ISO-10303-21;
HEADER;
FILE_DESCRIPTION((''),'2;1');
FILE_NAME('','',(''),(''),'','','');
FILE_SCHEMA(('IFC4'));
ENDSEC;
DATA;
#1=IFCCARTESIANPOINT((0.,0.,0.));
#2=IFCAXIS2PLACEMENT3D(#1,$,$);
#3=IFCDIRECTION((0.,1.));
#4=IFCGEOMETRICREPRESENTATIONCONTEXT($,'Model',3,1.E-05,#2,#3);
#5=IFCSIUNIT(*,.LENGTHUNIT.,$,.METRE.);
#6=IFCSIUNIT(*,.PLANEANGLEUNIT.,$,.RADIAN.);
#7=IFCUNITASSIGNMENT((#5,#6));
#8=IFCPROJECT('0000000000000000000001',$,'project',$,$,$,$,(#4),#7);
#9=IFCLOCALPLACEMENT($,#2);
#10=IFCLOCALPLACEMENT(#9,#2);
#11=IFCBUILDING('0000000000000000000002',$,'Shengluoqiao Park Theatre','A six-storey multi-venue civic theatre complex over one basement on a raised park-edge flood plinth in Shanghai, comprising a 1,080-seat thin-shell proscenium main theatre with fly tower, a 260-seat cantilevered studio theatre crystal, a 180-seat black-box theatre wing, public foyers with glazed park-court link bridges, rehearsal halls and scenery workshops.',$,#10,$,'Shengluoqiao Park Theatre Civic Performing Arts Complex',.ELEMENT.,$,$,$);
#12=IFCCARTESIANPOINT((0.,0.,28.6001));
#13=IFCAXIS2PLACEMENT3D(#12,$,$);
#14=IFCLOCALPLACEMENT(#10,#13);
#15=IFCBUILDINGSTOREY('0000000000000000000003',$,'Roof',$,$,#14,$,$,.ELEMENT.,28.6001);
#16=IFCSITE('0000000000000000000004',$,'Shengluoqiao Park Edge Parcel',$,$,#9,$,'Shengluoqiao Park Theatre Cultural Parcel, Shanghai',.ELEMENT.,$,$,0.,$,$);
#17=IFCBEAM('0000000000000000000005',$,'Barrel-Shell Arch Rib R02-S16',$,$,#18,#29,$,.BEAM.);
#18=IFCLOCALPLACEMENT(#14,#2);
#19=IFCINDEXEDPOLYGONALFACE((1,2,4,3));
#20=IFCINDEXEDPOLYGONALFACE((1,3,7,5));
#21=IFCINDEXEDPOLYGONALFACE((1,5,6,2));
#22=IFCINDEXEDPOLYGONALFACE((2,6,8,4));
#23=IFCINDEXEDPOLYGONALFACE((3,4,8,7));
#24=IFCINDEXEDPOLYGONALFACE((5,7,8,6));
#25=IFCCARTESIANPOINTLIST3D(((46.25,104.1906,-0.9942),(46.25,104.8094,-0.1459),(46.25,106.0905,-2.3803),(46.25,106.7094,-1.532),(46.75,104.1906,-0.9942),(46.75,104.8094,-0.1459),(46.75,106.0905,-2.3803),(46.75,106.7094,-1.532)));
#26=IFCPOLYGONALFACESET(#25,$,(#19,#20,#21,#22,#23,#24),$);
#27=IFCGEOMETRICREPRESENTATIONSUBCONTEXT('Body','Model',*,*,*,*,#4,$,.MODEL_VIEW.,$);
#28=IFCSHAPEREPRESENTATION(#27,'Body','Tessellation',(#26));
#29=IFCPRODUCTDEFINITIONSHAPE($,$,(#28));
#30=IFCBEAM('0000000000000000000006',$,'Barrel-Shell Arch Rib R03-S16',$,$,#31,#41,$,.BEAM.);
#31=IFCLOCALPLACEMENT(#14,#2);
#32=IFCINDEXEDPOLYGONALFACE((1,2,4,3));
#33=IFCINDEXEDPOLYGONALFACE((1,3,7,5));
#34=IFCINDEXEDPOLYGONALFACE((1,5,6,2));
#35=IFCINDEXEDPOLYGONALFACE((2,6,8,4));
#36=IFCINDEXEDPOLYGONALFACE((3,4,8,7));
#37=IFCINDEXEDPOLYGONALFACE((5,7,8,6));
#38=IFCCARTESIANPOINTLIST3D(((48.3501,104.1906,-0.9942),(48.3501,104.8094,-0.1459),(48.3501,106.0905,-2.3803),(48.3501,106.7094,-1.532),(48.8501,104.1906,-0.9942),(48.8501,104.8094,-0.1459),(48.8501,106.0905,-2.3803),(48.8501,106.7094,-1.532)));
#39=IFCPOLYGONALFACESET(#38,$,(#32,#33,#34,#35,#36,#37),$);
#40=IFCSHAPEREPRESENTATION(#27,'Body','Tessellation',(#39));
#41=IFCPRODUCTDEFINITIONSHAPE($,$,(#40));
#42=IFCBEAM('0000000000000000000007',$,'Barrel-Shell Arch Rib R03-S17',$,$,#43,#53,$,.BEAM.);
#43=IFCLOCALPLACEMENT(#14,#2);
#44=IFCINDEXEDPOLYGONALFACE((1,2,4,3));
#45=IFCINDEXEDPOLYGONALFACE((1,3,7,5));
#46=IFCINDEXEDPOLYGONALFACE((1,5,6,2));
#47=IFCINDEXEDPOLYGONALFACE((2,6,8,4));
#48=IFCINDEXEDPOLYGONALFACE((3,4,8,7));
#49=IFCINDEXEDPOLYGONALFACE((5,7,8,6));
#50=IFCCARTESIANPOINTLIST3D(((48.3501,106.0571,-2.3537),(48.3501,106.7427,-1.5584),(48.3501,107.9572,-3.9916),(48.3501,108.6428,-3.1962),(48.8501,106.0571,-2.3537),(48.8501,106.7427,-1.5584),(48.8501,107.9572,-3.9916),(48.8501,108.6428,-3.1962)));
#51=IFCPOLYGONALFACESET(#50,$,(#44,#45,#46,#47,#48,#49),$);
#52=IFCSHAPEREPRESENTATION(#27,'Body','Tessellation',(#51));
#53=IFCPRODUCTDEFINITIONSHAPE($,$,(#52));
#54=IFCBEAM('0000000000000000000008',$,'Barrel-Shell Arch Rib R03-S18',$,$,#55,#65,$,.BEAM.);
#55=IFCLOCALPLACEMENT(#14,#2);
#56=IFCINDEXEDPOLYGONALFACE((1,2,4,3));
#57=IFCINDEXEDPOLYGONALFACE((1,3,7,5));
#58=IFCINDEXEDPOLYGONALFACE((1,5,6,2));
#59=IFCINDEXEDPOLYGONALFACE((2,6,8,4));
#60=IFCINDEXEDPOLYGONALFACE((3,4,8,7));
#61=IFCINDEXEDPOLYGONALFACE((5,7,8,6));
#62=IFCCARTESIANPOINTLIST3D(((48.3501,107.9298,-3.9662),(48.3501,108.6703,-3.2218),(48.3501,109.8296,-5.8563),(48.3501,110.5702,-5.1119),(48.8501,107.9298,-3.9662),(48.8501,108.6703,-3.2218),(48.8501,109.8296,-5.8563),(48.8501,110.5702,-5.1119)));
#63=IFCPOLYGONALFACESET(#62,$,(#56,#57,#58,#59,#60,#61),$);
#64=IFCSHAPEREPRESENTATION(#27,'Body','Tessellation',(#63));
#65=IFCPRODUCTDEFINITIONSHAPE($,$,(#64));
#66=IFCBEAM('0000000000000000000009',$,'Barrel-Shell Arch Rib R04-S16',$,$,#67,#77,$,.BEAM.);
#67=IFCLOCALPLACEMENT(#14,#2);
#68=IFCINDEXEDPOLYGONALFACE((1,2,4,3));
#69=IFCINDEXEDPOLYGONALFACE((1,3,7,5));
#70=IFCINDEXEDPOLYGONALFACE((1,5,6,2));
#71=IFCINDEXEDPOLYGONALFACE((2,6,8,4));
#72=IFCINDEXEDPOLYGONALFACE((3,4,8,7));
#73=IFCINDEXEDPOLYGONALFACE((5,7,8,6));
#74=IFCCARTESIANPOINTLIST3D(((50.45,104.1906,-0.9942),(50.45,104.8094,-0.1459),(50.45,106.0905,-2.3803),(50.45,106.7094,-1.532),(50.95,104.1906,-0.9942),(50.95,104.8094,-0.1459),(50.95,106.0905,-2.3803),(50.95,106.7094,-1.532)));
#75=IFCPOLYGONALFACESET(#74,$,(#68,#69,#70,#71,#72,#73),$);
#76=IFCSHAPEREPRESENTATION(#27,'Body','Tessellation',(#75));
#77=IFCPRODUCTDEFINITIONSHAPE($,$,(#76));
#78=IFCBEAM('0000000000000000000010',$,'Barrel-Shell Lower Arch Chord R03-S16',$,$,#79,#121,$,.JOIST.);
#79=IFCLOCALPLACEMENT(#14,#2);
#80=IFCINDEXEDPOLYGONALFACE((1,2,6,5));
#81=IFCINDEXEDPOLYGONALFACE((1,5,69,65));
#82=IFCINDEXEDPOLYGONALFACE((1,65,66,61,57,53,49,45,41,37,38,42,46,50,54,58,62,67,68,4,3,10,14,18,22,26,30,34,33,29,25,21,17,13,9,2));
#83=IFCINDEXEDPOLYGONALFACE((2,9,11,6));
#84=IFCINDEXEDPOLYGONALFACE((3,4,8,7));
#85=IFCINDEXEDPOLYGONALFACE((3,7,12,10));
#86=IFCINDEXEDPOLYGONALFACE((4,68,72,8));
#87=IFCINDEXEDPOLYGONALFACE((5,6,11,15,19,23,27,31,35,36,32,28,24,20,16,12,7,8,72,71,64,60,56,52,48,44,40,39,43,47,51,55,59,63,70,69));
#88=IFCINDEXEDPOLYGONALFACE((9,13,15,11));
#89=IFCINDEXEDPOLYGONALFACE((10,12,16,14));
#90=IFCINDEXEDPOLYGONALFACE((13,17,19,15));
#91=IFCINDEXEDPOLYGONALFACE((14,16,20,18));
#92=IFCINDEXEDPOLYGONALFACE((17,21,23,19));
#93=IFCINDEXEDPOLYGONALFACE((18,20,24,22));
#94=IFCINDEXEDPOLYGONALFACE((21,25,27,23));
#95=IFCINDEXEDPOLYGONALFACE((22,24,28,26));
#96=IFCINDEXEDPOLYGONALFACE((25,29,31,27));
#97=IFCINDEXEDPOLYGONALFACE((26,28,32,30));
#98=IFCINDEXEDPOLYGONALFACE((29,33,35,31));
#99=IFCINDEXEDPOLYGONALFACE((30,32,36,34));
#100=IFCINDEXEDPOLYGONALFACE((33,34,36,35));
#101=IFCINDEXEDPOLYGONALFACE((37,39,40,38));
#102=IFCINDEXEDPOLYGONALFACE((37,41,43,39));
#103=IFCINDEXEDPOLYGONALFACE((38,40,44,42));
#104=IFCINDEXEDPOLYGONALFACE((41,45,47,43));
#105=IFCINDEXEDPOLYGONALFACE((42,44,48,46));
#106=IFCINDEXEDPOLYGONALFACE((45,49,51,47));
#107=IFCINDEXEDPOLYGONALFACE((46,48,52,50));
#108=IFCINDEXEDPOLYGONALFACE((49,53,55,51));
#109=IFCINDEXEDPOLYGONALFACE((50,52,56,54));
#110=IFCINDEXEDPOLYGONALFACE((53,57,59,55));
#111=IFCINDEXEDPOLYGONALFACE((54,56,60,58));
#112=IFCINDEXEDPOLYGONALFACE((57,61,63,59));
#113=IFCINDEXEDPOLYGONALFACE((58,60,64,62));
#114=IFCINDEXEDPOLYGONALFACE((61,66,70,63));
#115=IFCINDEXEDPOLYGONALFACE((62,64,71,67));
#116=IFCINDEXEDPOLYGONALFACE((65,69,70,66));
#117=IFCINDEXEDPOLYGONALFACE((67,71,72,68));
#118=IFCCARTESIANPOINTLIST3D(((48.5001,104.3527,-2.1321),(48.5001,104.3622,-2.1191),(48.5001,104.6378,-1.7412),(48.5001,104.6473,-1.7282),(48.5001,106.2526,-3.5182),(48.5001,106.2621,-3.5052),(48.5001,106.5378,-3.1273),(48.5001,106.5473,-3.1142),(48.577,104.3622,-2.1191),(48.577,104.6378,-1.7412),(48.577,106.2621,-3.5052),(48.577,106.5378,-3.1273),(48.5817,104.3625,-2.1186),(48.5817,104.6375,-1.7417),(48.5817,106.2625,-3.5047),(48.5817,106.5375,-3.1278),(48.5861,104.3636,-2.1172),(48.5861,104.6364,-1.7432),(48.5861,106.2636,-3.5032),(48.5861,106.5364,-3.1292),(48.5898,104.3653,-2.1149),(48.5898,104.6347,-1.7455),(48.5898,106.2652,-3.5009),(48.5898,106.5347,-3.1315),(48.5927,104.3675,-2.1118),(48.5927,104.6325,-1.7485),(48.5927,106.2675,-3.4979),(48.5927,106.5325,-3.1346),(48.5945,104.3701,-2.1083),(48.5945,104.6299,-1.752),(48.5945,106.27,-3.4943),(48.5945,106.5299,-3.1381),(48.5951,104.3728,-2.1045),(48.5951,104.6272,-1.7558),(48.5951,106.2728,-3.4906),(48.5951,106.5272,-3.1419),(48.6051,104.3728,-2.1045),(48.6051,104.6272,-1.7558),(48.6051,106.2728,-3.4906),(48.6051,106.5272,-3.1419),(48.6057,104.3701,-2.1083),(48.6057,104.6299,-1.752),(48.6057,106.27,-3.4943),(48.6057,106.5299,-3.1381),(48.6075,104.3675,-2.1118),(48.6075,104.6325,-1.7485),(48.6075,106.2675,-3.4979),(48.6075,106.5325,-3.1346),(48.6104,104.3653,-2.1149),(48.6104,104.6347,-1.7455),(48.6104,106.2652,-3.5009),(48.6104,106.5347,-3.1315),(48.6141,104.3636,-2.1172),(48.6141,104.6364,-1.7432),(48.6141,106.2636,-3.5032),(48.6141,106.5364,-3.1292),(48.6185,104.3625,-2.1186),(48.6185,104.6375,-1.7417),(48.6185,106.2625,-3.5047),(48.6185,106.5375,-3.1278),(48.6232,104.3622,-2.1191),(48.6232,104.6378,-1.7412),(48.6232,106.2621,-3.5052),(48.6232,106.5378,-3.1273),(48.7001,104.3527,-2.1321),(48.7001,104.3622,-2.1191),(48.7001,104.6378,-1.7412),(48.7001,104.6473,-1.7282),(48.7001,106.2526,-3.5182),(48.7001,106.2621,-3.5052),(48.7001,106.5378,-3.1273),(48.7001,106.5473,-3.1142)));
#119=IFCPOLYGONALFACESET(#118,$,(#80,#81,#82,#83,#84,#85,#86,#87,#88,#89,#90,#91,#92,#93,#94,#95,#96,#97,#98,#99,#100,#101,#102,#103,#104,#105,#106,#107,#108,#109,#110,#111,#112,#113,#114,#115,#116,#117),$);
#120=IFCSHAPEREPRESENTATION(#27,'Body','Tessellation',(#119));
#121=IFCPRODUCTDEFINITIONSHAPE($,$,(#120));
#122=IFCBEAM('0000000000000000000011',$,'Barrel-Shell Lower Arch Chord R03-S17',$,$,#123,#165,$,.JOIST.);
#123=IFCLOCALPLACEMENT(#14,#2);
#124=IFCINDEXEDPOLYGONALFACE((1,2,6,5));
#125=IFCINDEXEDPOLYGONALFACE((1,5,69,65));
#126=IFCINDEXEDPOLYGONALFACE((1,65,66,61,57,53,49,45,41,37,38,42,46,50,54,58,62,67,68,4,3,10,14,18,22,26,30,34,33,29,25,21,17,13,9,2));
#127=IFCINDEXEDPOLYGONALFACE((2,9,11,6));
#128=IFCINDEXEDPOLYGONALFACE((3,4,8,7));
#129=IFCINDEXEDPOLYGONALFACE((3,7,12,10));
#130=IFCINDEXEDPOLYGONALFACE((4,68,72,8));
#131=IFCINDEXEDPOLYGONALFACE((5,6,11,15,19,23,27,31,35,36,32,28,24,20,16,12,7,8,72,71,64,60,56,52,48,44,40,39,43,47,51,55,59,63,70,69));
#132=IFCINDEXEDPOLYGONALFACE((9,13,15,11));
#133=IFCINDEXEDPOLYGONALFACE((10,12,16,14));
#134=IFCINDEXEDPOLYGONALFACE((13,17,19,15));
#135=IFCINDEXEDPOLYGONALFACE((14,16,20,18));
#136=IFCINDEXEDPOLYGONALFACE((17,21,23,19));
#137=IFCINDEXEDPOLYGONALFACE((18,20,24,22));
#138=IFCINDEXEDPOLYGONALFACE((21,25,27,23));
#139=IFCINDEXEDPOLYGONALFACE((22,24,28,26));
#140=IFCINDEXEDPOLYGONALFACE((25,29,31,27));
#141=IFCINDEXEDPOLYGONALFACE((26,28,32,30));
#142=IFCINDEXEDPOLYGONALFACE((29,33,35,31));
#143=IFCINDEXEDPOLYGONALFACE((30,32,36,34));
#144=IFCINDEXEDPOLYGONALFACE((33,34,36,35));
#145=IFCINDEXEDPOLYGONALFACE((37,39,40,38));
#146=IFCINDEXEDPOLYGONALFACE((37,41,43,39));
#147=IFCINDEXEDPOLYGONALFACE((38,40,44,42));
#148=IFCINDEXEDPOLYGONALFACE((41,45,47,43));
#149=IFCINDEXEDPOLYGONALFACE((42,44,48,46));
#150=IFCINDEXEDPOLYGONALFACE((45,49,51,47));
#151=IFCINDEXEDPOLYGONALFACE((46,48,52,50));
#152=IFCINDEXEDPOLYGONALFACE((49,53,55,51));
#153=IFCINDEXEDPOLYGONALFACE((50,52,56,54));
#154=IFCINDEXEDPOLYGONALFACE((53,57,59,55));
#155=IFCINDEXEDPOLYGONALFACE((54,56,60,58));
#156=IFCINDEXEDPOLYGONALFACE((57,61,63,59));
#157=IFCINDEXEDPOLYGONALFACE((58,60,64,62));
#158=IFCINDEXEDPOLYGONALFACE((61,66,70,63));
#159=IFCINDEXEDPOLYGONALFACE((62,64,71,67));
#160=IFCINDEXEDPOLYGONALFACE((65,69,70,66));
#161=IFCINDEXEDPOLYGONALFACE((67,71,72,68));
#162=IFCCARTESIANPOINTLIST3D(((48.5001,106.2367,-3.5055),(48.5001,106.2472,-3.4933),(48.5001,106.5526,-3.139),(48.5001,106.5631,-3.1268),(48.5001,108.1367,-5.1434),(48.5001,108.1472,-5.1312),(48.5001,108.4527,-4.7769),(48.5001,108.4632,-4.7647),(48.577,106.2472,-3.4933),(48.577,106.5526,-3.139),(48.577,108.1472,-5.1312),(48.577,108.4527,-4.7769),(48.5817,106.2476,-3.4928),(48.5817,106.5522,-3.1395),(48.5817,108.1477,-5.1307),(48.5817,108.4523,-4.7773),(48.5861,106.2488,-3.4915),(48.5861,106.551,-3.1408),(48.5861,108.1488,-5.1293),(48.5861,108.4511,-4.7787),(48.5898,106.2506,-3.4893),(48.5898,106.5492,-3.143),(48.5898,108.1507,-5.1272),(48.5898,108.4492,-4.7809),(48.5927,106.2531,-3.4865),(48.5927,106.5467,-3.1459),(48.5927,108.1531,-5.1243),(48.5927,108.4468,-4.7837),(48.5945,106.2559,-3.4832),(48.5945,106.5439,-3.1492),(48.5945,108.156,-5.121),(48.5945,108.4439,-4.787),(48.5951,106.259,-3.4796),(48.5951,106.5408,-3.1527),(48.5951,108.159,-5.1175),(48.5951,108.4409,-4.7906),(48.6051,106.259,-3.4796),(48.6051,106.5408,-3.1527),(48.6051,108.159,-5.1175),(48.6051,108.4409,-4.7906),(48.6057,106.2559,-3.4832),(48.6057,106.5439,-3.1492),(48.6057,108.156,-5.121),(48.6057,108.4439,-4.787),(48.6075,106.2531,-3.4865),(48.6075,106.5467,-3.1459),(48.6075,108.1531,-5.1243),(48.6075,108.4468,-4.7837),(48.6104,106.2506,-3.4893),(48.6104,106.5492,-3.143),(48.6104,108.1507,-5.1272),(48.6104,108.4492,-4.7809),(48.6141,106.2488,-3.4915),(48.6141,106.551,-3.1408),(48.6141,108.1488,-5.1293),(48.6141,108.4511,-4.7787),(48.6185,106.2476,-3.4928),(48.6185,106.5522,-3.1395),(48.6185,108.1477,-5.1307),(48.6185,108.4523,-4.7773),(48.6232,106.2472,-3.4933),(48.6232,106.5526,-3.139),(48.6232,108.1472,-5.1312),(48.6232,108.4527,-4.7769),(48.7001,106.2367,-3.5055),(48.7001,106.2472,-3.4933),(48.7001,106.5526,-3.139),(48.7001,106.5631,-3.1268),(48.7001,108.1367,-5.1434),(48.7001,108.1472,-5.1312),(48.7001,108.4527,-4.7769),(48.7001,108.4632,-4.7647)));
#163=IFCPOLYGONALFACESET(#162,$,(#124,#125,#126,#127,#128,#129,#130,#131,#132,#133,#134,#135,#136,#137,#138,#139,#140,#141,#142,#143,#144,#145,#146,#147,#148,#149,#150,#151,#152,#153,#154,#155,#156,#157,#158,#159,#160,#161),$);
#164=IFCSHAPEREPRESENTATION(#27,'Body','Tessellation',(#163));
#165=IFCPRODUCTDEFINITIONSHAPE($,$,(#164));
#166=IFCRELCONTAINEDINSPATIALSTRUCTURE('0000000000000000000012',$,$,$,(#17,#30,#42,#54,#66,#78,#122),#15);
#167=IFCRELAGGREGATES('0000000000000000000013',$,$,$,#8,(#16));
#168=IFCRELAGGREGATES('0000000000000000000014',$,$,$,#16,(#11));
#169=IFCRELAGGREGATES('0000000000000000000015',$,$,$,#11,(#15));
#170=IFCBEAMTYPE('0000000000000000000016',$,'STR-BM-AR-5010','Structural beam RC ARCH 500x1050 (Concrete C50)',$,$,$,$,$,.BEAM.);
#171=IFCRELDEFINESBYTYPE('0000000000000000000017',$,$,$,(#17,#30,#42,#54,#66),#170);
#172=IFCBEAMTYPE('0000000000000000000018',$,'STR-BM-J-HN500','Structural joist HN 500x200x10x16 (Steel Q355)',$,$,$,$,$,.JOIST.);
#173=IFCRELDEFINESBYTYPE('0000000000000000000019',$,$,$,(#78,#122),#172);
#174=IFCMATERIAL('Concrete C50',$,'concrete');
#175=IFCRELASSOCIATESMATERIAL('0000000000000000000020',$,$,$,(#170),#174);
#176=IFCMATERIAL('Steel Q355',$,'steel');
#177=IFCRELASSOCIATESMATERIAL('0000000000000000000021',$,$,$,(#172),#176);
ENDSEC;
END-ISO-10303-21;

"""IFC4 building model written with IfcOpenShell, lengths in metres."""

from ifc_helpers import new_model, si_unit, direction, frame, origin, origin_2d, place, context, subcontext, project, spatial, rectangle, i_section, extrude, material, material_profile, profile_set, type_object, element, save


model = new_model("IFC4")

# Units and contexts
model_context = context("Model", 3, precision=1e-05, world=origin(), true_north=direction((0.0, 1.0)))
body_context = subcontext(model_context, "Body", "Model", "MODEL_VIEW")
ifc_project = project(units=[si_unit("LENGTHUNIT", "METRE"), si_unit("PLANEANGLEUNIT", "RADIAN")], contexts=[model_context])

# Site, building, storey
site_placement = place(None, origin())
site = spatial("IfcSite", under=ifc_project, at=site_placement, Name="Shengluoqiao Park Edge Parcel", LongName="Shengluoqiao Park Theatre Cultural Parcel, Shanghai", CompositionType="ELEMENT", RefElevation=0.0)
building_placement = place(site_placement, origin())
building = spatial("IfcBuilding", under=site, at=building_placement, Name="Shengluoqiao Park Theatre", Description="A six-storey multi-venue civic theatre complex over one basement on a raised park-edge flood plinth in Shanghai, comprising a 1,080-seat thin-shell proscenium main theatre with fly tower, a 260-seat cantilevered studio theatre crystal, a 180-seat black-box theatre wing, public foyers with glazed park-court link bridges, rehearsal halls and scenery workshops.", LongName="Shengluoqiao Park Theatre Civic Performing Arts Complex", CompositionType="ELEMENT")
storey_placement = place(building_placement, frame((0.0, 0.0, 28.6001)))
storey = spatial("IfcBuildingStorey", under=building, at=storey_placement, Name="Roof", CompositionType="ELEMENT", Elevation=28.6001)

# Beams
ifc_material_1 = material(Name="Concrete C50", Category="concrete")
ifc_material_profile_1 = material_profile(ifc_material_1, rectangle(XDim=0.5, YDim=1.05, at=origin_2d()), Name="RC ARCH 500x1050")
ifc_profile_set_1 = profile_set([ifc_material_profile_1], Name="Concrete C50")
beam_type_1 = type_object("IfcBeamType", Name="STR-BM-AR-5010", Description="Structural beam RC ARCH 500x1050 (Concrete C50)", PredefinedType="BEAM", material=ifc_profile_set_1)
for number, where, z_axis, x_axis, name in (
    (1, (46.5, 104.5, -0.5701), (0.0, 0.807878, -0.58935), (-1.0, 0.0, 0.0), "Barrel-Shell Arch Rib R02-S16"),
    (2, (48.6001, 104.5, -0.5701), (0.0, 0.807878, -0.58935), (-1.0, 0.0, 0.0), "Barrel-Shell Arch Rib R03-S16"),
):
    element("IfcBeam", number, at=place(storey_placement, frame(where, z_axis=z_axis, x_axis=x_axis)), inside=storey, type_object=beam_type_1, Name=name, PredefinedType="BEAM", context=body_context, shape_type="SweptSolid", body=[
        extrude(rectangle(XDim=0.5, YDim=1.05, at=origin_2d()), origin(), (0.0, 0.0, 1.0), 2.3518),
    ])
beam_1_placement = place(storey_placement, frame((48.6001, 106.3999, -1.9561), z_axis=(0.0, 0.757433, -0.652913), x_axis=(-1.0, 0.0, 0.0)))
element("IfcBeam", 3, at=beam_1_placement, inside=storey, type_object=beam_type_1, Name="Barrel-Shell Arch Rib R03-S17", PredefinedType="BEAM", context=body_context, shape_type="SweptSolid", body=[
    extrude(rectangle(XDim=0.5, YDim=1.05, at=origin_2d()), origin(), (0.0, 0.0, 1.0), 2.5085),
])
beam_2_placement = place(storey_placement, frame((48.6001, 108.3, -3.594), z_axis=(0.0, 0.708926, -0.705282), x_axis=(-1.0, 0.0, 0.0)))
element("IfcBeam", 4, at=beam_2_placement, inside=storey, type_object=beam_type_1, Name="Barrel-Shell Arch Rib R03-S18", PredefinedType="BEAM", context=body_context, shape_type="SweptSolid", body=[
    extrude(rectangle(XDim=0.5, YDim=1.05, at=origin_2d()), origin(), (0.0, 0.0, 1.0), 2.6799),
])
beam_3_placement = place(storey_placement, frame((50.7, 104.5, -0.5701), z_axis=(0.0, 0.807878, -0.58935), x_axis=(-1.0, 0.0, 0.0)))
element("IfcBeam", 5, at=beam_3_placement, inside=storey, type_object=beam_type_1, Name="Barrel-Shell Arch Rib R04-S16", PredefinedType="BEAM", context=body_context, shape_type="SweptSolid", body=[
    extrude(rectangle(XDim=0.5, YDim=1.05, at=origin_2d()), origin(), (0.0, 0.0, 1.0), 2.3518),
])
ifc_material_2 = material(Name="Steel Q355", Category="steel")
ifc_material_profile_2 = material_profile(ifc_material_2, i_section(OverallWidth=0.2, OverallDepth=0.5, WebThickness=0.01, FlangeThickness=0.0161, FilletRadius=0.0181, at=origin_2d()), Name="HN 500x200x10x16")
ifc_profile_set_2 = profile_set([ifc_material_profile_2], Name="Steel Q355")
beam_type_2 = type_object("IfcBeamType", Name="STR-BM-J-HN500", Description="Structural joist HN 500x200x10x16 (Steel Q355)", PredefinedType="JOIST", material=ifc_profile_set_2)
beam_4_placement = place(storey_placement, frame((48.6001, 104.5, -1.9302), z_axis=(0.0, 0.807878, -0.58935), x_axis=(-1.0, 0.0, 0.0)))
element("IfcBeam", 6, at=beam_4_placement, inside=storey, type_object=beam_type_2, Name="Barrel-Shell Lower Arch Chord R03-S16", PredefinedType="JOIST", context=body_context, shape_type="SweptSolid", body=[
    extrude(i_section(OverallWidth=0.2, OverallDepth=0.5, WebThickness=0.01, FlangeThickness=0.0161, FilletRadius=0.0181, at=origin_2d()), origin(), (0.0, 0.0, 1.0), 2.3518),
])
beam_5_placement = place(storey_placement, frame((48.6001, 106.3999, -3.3162), z_axis=(0.0, 0.757433, -0.652913), x_axis=(-1.0, 0.0, 0.0)))
element("IfcBeam", 7, at=beam_5_placement, inside=storey, type_object=beam_type_2, Name="Barrel-Shell Lower Arch Chord R03-S17", PredefinedType="JOIST", context=body_context, shape_type="SweptSolid", body=[
    extrude(i_section(OverallWidth=0.2, OverallDepth=0.5, WebThickness=0.01, FlangeThickness=0.0161, FilletRadius=0.0181, at=origin_2d()), origin(), (0.0, 0.0, 1.0), 2.5085),
])

save(model, "model.ifc")
